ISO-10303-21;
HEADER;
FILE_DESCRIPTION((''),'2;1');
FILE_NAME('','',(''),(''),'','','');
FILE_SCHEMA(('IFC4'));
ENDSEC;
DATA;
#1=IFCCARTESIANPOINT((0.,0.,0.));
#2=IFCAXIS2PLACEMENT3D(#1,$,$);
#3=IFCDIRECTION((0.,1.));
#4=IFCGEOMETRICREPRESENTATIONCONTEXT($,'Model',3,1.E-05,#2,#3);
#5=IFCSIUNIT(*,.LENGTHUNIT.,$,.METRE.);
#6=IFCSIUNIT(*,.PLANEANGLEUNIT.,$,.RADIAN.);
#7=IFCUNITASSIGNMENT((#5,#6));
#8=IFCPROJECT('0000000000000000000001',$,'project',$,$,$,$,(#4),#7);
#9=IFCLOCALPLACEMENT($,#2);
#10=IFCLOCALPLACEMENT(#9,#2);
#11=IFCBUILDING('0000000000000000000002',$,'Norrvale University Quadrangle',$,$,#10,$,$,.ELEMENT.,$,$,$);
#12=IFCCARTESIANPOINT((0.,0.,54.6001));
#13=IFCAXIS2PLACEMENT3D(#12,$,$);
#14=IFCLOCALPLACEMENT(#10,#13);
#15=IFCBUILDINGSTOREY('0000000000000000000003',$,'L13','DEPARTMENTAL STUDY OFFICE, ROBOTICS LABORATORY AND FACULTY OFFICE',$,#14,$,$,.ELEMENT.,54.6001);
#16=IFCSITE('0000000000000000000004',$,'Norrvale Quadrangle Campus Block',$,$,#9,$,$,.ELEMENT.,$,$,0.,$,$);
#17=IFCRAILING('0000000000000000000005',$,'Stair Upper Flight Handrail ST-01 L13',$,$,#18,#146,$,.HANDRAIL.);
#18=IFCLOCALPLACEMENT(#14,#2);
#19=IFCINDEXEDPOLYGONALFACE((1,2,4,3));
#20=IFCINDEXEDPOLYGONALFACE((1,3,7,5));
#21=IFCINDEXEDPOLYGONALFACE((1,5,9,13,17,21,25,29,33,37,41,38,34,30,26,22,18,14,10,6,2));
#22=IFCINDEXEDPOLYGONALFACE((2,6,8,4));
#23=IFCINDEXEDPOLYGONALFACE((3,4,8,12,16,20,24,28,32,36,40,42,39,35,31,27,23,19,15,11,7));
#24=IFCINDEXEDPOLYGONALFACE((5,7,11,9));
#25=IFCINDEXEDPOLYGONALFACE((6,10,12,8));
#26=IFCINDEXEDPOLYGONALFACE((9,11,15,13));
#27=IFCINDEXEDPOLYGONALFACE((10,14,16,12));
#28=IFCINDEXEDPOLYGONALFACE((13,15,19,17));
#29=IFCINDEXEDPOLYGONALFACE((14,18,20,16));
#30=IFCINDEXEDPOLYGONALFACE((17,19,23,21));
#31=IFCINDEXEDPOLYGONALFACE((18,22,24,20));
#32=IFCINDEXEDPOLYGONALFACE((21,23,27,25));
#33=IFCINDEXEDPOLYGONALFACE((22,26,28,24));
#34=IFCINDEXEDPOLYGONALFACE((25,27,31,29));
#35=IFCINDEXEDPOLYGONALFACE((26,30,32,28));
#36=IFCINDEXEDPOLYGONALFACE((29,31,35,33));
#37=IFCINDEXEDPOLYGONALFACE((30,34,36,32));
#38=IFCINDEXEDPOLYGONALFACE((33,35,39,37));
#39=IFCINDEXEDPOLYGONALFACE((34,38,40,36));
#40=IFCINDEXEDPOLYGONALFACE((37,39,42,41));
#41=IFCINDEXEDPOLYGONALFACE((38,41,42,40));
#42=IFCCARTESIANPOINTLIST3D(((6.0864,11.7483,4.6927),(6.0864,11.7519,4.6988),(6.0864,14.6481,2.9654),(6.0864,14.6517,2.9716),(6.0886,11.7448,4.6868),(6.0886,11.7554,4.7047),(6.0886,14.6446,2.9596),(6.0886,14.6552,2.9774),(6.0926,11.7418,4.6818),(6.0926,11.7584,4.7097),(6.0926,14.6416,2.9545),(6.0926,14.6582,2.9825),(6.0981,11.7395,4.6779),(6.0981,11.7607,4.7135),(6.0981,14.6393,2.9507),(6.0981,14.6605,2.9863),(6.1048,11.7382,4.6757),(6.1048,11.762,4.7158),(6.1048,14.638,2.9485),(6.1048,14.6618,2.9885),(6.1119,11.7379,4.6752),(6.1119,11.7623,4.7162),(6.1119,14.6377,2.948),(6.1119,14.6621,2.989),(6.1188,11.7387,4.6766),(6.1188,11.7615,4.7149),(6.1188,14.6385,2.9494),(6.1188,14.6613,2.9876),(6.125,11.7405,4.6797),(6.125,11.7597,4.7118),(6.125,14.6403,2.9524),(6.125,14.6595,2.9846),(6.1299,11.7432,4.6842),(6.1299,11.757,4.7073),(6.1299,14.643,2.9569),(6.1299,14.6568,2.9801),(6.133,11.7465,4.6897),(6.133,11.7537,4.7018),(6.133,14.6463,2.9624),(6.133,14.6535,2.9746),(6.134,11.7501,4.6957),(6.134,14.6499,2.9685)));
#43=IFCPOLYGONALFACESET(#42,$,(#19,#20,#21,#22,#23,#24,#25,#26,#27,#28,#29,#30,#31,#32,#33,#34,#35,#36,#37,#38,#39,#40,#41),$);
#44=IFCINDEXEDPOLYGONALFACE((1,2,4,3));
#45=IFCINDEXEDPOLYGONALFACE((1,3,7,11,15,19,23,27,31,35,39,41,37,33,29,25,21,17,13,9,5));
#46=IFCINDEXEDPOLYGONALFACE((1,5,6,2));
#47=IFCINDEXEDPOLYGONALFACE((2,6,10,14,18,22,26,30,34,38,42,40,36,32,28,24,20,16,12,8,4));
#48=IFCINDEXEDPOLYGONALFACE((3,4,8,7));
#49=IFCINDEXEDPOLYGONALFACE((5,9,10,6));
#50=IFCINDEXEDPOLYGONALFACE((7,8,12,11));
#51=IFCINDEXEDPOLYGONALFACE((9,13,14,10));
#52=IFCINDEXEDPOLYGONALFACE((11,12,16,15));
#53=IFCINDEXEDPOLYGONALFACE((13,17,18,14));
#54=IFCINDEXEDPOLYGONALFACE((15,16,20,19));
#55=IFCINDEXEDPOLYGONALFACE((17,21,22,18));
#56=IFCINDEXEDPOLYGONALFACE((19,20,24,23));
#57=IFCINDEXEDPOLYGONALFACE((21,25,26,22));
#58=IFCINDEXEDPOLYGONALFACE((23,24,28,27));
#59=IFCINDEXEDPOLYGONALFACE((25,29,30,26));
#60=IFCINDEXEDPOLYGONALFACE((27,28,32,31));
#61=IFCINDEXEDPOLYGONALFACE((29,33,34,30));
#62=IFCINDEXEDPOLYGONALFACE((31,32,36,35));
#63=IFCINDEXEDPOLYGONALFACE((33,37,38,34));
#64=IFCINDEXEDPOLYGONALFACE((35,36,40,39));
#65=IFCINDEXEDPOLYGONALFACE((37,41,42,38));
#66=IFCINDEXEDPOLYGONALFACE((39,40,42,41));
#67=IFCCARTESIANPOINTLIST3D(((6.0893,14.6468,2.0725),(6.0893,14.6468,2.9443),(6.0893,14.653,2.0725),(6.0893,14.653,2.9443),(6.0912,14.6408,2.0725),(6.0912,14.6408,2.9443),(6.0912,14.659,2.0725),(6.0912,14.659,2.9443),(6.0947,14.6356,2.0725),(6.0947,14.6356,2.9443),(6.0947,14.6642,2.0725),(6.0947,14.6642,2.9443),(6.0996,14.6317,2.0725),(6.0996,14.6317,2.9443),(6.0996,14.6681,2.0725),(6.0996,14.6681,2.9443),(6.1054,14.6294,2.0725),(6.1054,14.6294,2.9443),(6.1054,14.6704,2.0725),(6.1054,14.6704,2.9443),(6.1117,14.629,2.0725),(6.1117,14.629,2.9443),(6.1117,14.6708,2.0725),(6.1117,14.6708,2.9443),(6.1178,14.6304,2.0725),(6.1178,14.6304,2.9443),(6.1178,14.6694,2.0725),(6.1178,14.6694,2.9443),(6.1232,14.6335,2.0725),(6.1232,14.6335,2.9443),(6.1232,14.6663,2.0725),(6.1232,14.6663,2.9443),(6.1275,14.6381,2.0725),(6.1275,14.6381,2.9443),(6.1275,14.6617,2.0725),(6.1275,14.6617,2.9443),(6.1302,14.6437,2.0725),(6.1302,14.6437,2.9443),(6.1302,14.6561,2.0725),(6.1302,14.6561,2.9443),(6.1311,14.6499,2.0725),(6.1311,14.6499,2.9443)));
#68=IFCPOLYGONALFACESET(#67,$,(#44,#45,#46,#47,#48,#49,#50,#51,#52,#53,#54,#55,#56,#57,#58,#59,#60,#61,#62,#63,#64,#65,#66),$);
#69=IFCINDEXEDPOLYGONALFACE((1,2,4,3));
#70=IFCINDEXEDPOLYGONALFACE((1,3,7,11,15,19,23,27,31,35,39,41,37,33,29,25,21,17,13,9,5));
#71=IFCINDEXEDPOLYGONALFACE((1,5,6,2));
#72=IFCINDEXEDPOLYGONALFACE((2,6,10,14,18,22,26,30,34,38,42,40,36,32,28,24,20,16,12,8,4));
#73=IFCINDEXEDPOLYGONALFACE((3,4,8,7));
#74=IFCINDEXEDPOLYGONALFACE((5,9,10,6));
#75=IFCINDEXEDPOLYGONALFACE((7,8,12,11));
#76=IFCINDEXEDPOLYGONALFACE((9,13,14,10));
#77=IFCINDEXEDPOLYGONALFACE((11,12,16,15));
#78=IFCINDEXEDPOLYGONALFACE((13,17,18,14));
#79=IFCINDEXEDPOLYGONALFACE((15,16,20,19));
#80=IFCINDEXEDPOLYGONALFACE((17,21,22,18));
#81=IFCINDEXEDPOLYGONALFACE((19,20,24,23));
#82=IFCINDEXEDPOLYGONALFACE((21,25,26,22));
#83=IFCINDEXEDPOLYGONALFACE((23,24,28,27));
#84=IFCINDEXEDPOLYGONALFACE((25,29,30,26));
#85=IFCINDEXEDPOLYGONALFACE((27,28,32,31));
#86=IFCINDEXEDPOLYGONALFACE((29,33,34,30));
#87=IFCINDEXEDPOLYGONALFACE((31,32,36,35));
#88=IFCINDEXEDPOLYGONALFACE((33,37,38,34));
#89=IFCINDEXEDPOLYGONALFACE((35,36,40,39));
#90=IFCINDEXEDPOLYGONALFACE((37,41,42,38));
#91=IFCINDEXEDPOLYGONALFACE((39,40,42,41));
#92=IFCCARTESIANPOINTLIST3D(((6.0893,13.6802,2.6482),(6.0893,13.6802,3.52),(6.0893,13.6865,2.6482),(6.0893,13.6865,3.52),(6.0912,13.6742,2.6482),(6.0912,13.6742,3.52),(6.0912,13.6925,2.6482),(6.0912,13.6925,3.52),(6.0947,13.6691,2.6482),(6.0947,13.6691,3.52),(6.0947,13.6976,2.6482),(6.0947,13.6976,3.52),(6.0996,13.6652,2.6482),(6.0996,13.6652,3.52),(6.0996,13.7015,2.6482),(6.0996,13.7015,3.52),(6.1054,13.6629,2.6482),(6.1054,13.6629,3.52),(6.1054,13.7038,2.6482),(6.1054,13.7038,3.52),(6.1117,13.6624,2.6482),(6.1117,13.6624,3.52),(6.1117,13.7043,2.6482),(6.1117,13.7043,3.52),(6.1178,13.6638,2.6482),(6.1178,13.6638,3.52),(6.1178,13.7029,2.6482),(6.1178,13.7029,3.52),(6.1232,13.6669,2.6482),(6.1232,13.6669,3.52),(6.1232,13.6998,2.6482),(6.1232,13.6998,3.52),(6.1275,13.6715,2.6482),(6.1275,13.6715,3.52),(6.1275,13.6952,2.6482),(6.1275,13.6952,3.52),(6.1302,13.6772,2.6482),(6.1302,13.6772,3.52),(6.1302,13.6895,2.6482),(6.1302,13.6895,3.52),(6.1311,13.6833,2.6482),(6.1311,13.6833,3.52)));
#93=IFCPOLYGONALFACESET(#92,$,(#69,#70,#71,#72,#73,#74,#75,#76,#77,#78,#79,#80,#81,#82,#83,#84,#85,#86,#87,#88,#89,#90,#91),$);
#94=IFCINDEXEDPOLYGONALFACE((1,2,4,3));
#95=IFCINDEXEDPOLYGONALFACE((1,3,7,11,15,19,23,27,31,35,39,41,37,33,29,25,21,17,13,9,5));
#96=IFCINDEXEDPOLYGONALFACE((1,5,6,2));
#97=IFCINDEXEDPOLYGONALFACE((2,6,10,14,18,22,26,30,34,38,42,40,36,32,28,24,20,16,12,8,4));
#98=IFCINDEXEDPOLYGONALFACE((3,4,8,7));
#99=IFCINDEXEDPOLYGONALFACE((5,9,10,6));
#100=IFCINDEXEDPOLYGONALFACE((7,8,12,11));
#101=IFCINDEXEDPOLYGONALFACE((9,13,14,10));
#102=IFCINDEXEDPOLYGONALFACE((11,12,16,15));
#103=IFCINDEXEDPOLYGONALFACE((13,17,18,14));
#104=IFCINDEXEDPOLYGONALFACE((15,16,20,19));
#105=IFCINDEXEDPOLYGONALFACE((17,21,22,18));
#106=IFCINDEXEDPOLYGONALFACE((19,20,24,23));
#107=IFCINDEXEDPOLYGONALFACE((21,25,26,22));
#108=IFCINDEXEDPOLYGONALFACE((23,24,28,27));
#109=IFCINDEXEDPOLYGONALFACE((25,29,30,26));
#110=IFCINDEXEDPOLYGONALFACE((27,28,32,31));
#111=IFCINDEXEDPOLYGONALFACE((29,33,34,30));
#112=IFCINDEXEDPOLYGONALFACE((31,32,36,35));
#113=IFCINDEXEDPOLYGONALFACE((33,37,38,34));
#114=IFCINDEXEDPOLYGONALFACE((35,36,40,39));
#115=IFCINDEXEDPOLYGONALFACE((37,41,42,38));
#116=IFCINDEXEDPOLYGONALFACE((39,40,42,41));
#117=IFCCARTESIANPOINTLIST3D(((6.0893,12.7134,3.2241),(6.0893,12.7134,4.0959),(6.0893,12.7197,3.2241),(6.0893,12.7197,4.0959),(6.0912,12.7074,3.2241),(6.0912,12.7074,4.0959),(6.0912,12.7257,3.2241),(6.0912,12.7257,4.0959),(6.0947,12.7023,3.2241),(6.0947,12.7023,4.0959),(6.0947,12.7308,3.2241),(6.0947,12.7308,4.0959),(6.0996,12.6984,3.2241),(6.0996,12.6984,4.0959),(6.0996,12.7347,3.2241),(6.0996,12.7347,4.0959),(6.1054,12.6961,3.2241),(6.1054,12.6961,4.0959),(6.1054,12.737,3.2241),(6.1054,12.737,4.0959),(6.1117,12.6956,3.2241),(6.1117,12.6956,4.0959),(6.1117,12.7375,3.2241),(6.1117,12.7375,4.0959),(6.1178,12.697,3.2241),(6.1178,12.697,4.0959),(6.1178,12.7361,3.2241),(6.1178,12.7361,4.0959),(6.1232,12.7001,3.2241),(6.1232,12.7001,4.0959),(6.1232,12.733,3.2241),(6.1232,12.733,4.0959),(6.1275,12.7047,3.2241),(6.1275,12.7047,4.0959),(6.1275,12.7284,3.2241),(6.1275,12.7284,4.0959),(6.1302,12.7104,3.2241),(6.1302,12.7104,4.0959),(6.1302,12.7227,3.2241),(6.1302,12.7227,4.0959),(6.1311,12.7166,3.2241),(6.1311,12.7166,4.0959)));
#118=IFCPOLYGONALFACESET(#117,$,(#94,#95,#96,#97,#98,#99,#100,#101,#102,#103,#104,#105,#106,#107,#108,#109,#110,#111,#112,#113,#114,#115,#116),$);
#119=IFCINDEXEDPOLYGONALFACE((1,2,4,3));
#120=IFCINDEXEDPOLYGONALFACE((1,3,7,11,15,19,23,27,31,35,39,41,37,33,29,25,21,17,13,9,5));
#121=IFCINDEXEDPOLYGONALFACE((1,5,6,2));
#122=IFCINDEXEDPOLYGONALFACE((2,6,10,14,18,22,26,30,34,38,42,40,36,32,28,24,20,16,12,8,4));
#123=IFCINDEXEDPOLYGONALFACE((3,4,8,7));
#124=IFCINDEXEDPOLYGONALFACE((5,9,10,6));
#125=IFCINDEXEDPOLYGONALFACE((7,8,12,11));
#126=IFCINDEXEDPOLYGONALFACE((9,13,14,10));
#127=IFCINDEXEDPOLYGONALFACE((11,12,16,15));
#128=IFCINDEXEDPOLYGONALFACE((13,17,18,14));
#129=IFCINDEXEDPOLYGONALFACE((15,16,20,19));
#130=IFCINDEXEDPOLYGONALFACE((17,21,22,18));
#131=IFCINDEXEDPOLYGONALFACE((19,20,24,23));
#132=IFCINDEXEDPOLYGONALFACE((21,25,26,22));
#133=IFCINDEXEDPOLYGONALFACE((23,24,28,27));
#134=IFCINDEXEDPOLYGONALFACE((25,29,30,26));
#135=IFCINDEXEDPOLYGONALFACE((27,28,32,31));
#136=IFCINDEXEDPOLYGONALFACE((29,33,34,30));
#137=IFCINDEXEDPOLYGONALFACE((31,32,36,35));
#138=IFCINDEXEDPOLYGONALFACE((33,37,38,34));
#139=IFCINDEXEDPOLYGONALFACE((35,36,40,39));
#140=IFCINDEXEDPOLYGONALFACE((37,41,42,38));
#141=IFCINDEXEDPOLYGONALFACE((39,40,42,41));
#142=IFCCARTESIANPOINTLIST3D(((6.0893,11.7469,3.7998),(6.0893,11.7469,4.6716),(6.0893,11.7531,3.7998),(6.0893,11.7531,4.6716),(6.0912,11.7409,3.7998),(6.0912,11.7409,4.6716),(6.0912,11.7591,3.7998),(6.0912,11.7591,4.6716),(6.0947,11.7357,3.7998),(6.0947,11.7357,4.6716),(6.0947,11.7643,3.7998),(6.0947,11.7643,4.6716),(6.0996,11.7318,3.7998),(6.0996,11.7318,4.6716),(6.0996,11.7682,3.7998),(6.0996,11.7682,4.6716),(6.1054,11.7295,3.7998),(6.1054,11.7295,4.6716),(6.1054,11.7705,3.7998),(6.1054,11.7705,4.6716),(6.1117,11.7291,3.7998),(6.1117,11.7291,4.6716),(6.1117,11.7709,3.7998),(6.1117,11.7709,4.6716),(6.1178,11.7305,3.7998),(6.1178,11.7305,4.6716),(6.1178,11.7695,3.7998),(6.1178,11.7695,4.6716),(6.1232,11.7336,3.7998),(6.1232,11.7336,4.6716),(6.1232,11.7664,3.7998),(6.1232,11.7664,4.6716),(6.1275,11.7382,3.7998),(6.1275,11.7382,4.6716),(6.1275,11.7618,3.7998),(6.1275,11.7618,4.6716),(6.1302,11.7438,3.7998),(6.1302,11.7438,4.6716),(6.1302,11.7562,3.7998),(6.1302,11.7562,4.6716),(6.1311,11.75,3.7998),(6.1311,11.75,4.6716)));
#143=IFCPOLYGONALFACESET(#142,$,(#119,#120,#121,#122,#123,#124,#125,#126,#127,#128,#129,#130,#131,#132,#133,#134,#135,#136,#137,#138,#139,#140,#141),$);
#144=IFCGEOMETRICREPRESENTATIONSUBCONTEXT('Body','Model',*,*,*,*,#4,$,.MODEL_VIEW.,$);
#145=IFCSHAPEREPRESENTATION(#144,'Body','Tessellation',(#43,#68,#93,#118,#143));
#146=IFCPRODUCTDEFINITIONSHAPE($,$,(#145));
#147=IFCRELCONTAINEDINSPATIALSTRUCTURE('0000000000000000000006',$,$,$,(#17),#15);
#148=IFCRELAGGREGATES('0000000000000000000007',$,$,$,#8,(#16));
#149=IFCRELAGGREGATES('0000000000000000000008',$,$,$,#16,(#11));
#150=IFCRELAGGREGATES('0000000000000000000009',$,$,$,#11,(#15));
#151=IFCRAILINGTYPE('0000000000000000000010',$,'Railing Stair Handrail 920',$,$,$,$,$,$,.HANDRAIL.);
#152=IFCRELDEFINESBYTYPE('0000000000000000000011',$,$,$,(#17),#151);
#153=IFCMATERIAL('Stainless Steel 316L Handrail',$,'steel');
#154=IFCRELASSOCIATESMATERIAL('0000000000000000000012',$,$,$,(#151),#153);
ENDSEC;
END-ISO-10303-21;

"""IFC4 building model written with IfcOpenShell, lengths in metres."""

from ifc_helpers import new_model, si_unit, direction, frame, origin, origin_2d, place, context, subcontext, project, spatial, circle, extrude, material, type_object, element, save


model = new_model("IFC4")

# Units and contexts
model_context = context("Model", 3, precision=1e-05, world=origin(), true_north=direction((0.0, 1.0)))
body_context = subcontext(model_context, "Body", "Model", "MODEL_VIEW")
ifc_project = project(units=[si_unit("LENGTHUNIT", "METRE"), si_unit("PLANEANGLEUNIT", "RADIAN")], contexts=[model_context])

# Site, building, storey
site_placement = place(None, origin())
site = spatial("IfcSite", under=ifc_project, at=site_placement, Name="Norrvale Quadrangle Campus Block", CompositionType="ELEMENT", RefElevation=0.0)
building_placement = place(site_placement, origin())
building = spatial("IfcBuilding", under=site, at=building_placement, Name="Norrvale University Quadrangle", CompositionType="ELEMENT")
storey_placement = place(building_placement, frame((0.0, 0.0, 54.6001)))
storey = spatial("IfcBuildingStorey", under=building, at=storey_placement, Name="L13", Description="DEPARTMENTAL STUDY OFFICE, ROBOTICS LABORATORY AND FACULTY OFFICE", CompositionType="ELEMENT", Elevation=54.6001)

# Railing
ifc_material_1 = material(Name="Stainless Steel 316L Handrail", Category="steel")
railing_type_1 = type_object("IfcRailingType", Name="Railing Stair Handrail 920", PredefinedType="HANDRAIL", material=ifc_material_1)
railing_1_placement = place(storey_placement, frame((6.1101, 14.6499, 2.0725)))
element("IfcRailing", 1, at=railing_1_placement, inside=storey, type_object=railing_type_1, Name="Stair Upper Flight Handrail ST-01 L13", PredefinedType="HANDRAIL", context=body_context, shape_type="SweptSolid", body=[
    extrude(circle(Radius=0.0239, at=origin_2d()), frame((0.0, 0.0, 0.896), z_axis=(0.0, -0.859141, 0.511738), x_axis=(1.0, 0.0, 0.0)), (0.0, 0.0, 1.0), 3.3752),
    extrude(circle(Radius=0.021, at=origin_2d()), origin(), (0.0, 0.0, 1.0), 0.8718),
    extrude(circle(Radius=0.021, at=origin_2d()), frame((0.0, -0.9666, 0.5757)), (0.0, 0.0, 1.0), 0.8718),
    extrude(circle(Radius=0.021, at=origin_2d()), frame((0.0, -1.9333, 1.1516)), (0.0, 0.0, 1.0), 0.8718),
    extrude(circle(Radius=0.021, at=origin_2d()), frame((0.0, -2.8999, 1.7273)), (0.0, 0.0, 1.0), 0.8718),
])

save(model, "model.ifc")
